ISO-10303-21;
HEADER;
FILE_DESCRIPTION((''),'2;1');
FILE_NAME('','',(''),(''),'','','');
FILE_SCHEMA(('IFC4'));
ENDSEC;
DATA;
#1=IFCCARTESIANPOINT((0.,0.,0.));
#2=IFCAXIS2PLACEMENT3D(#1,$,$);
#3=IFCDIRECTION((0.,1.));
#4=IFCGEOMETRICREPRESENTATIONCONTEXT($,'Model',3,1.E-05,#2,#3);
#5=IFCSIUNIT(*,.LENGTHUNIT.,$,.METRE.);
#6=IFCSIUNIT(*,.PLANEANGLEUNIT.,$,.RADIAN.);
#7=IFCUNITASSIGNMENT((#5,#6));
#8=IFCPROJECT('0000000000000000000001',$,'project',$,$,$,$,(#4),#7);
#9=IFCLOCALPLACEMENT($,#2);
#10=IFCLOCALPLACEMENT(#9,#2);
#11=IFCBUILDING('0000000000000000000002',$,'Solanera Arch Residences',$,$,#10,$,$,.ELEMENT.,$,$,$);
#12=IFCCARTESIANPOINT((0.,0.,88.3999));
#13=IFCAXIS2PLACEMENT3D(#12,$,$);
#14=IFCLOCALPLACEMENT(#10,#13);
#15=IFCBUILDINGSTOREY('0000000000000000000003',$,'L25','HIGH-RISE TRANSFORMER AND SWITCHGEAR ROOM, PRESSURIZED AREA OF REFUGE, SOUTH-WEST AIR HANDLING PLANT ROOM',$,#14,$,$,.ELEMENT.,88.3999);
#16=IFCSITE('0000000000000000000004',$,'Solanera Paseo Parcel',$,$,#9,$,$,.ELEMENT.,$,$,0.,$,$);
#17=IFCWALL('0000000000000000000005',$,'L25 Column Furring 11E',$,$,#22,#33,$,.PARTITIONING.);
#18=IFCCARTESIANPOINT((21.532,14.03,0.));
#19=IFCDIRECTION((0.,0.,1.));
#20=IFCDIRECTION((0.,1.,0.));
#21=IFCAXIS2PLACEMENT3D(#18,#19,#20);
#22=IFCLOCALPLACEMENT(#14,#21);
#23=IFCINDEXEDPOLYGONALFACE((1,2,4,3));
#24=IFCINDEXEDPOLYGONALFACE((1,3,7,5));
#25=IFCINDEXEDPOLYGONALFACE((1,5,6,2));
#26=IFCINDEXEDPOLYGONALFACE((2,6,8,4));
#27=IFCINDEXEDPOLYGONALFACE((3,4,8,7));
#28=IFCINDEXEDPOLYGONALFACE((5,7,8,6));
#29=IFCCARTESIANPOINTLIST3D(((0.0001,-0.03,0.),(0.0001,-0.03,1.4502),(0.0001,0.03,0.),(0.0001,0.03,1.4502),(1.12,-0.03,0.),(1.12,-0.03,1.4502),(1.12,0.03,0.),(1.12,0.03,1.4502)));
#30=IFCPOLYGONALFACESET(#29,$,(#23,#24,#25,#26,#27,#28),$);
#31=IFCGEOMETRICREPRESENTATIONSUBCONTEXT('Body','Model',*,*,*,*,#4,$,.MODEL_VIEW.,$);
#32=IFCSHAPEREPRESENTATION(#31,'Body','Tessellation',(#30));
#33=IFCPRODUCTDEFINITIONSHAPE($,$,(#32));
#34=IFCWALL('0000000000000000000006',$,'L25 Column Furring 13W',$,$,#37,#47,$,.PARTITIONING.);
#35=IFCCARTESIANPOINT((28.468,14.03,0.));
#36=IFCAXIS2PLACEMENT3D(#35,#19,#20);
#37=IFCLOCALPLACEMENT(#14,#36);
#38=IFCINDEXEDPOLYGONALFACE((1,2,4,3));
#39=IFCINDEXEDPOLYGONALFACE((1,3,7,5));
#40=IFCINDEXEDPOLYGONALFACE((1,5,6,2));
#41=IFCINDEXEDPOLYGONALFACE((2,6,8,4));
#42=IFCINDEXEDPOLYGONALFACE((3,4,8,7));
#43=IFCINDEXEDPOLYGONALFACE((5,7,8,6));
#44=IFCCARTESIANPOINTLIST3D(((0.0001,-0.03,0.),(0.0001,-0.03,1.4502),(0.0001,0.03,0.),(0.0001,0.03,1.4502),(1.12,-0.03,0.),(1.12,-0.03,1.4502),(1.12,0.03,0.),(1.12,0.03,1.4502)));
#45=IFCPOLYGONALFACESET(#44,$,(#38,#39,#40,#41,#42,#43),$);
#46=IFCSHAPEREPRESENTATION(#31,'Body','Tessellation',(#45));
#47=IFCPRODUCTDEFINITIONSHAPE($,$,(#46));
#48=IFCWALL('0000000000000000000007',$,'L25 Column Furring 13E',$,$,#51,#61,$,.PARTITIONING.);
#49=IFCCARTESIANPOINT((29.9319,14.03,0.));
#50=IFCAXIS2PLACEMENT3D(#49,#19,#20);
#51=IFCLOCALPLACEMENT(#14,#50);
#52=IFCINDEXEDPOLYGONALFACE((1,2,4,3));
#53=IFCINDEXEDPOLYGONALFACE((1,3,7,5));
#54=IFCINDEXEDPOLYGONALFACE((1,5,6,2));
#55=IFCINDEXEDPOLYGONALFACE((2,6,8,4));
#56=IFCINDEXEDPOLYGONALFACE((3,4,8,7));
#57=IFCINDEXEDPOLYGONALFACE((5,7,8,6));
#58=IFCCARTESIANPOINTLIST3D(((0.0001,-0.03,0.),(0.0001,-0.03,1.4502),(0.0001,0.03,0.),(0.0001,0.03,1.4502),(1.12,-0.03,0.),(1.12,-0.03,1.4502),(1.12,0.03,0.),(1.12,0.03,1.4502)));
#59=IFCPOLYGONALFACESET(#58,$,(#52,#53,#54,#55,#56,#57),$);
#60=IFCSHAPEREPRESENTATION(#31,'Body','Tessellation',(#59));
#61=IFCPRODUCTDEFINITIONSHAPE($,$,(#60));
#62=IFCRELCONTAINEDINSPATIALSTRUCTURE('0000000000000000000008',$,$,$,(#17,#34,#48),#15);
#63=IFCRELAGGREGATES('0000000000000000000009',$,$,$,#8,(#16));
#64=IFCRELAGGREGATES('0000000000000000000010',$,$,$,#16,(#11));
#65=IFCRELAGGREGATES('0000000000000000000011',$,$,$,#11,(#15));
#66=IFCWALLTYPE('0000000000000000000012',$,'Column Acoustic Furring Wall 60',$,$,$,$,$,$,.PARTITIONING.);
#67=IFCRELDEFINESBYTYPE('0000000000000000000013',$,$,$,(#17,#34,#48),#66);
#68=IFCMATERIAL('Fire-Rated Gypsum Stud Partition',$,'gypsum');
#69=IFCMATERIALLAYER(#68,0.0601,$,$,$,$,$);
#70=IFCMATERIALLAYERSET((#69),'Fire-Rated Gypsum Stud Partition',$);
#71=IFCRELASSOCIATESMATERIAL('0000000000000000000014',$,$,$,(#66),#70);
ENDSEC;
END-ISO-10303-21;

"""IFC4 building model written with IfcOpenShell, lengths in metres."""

from ifc_helpers import new_model, si_unit, direction, frame, frame_2d, origin, place, context, subcontext, project, spatial, rectangle, extrude, material, layer, layer_set, type_object, element, save


model = new_model("IFC4")

# Units and contexts
model_context = context("Model", 3, precision=1e-05, world=origin(), true_north=direction((0.0, 1.0)))
body_context = subcontext(model_context, "Body", "Model", "MODEL_VIEW")
ifc_project = project(units=[si_unit("LENGTHUNIT", "METRE"), si_unit("PLANEANGLEUNIT", "RADIAN")], contexts=[model_context])

# Site, building, storey
site_placement = place(None, origin())
site = spatial("IfcSite", under=ifc_project, at=site_placement, Name="Solanera Paseo Parcel", CompositionType="ELEMENT", RefElevation=0.0)
building_placement = place(site_placement, origin())
building = spatial("IfcBuilding", under=site, at=building_placement, Name="Solanera Arch Residences", CompositionType="ELEMENT")
storey_placement = place(building_placement, frame((0.0, 0.0, 88.3999)))
storey = spatial("IfcBuildingStorey", under=building, at=storey_placement, Name="L25", Description="HIGH-RISE TRANSFORMER AND SWITCHGEAR ROOM, PRESSURIZED AREA OF REFUGE, SOUTH-WEST AIR HANDLING PLANT ROOM", CompositionType="ELEMENT", Elevation=88.3999)

# Walls
ifc_material_1 = material(Name="Fire-Rated Gypsum Stud Partition", Category="gypsum")
ifc_layer_1 = layer(ifc_material_1, 0.0601)
ifc_layer_set_1 = layer_set([ifc_layer_1], Name="Fire-Rated Gypsum Stud Partition")
wall_type_1 = type_object("IfcWallType", Name="Column Acoustic Furring Wall 60", PredefinedType="PARTITIONING", material=ifc_layer_set_1)
wall_1_placement = place(storey_placement, frame((21.532, 14.03, 0.0), z_axis=(0.0, 0.0, 1.0), x_axis=(0.0, 1.0, 0.0)))
element("IfcWall", 1, at=wall_1_placement, inside=storey, type_object=wall_type_1, Name="L25 Column Furring 11E", PredefinedType="PARTITIONING", context=body_context, shape_type="SweptSolid", body=[
    extrude(rectangle(XDim=1.1199, YDim=0.0601, at=frame_2d((0.5601, 0.0))), origin(), (0.0, 0.0, 1.0), 1.4502),
])
for number, where, z_axis, x_axis, name in (
    (2, (28.468, 14.03, 0.0), (0.0, 0.0, 1.0), (0.0, 1.0, 0.0), "L25 Column Furring 13W"),
    (3, (29.9319, 14.03, 0.0), (0.0, 0.0, 1.0), (0.0, 1.0, 0.0), "L25 Column Furring 13E"),
):
    element("IfcWall", number, at=place(storey_placement, frame(where, z_axis=z_axis, x_axis=x_axis)), inside=storey, type_object=wall_type_1, Name=name, PredefinedType="PARTITIONING", context=body_context, shape_type="SweptSolid", body=[
        extrude(rectangle(XDim=1.1199, YDim=0.0601, at=frame_2d((0.5601, 0.0))), origin(), (0.0, 0.0, 1.0), 1.4502),
    ])

save(model, "model.ifc")
